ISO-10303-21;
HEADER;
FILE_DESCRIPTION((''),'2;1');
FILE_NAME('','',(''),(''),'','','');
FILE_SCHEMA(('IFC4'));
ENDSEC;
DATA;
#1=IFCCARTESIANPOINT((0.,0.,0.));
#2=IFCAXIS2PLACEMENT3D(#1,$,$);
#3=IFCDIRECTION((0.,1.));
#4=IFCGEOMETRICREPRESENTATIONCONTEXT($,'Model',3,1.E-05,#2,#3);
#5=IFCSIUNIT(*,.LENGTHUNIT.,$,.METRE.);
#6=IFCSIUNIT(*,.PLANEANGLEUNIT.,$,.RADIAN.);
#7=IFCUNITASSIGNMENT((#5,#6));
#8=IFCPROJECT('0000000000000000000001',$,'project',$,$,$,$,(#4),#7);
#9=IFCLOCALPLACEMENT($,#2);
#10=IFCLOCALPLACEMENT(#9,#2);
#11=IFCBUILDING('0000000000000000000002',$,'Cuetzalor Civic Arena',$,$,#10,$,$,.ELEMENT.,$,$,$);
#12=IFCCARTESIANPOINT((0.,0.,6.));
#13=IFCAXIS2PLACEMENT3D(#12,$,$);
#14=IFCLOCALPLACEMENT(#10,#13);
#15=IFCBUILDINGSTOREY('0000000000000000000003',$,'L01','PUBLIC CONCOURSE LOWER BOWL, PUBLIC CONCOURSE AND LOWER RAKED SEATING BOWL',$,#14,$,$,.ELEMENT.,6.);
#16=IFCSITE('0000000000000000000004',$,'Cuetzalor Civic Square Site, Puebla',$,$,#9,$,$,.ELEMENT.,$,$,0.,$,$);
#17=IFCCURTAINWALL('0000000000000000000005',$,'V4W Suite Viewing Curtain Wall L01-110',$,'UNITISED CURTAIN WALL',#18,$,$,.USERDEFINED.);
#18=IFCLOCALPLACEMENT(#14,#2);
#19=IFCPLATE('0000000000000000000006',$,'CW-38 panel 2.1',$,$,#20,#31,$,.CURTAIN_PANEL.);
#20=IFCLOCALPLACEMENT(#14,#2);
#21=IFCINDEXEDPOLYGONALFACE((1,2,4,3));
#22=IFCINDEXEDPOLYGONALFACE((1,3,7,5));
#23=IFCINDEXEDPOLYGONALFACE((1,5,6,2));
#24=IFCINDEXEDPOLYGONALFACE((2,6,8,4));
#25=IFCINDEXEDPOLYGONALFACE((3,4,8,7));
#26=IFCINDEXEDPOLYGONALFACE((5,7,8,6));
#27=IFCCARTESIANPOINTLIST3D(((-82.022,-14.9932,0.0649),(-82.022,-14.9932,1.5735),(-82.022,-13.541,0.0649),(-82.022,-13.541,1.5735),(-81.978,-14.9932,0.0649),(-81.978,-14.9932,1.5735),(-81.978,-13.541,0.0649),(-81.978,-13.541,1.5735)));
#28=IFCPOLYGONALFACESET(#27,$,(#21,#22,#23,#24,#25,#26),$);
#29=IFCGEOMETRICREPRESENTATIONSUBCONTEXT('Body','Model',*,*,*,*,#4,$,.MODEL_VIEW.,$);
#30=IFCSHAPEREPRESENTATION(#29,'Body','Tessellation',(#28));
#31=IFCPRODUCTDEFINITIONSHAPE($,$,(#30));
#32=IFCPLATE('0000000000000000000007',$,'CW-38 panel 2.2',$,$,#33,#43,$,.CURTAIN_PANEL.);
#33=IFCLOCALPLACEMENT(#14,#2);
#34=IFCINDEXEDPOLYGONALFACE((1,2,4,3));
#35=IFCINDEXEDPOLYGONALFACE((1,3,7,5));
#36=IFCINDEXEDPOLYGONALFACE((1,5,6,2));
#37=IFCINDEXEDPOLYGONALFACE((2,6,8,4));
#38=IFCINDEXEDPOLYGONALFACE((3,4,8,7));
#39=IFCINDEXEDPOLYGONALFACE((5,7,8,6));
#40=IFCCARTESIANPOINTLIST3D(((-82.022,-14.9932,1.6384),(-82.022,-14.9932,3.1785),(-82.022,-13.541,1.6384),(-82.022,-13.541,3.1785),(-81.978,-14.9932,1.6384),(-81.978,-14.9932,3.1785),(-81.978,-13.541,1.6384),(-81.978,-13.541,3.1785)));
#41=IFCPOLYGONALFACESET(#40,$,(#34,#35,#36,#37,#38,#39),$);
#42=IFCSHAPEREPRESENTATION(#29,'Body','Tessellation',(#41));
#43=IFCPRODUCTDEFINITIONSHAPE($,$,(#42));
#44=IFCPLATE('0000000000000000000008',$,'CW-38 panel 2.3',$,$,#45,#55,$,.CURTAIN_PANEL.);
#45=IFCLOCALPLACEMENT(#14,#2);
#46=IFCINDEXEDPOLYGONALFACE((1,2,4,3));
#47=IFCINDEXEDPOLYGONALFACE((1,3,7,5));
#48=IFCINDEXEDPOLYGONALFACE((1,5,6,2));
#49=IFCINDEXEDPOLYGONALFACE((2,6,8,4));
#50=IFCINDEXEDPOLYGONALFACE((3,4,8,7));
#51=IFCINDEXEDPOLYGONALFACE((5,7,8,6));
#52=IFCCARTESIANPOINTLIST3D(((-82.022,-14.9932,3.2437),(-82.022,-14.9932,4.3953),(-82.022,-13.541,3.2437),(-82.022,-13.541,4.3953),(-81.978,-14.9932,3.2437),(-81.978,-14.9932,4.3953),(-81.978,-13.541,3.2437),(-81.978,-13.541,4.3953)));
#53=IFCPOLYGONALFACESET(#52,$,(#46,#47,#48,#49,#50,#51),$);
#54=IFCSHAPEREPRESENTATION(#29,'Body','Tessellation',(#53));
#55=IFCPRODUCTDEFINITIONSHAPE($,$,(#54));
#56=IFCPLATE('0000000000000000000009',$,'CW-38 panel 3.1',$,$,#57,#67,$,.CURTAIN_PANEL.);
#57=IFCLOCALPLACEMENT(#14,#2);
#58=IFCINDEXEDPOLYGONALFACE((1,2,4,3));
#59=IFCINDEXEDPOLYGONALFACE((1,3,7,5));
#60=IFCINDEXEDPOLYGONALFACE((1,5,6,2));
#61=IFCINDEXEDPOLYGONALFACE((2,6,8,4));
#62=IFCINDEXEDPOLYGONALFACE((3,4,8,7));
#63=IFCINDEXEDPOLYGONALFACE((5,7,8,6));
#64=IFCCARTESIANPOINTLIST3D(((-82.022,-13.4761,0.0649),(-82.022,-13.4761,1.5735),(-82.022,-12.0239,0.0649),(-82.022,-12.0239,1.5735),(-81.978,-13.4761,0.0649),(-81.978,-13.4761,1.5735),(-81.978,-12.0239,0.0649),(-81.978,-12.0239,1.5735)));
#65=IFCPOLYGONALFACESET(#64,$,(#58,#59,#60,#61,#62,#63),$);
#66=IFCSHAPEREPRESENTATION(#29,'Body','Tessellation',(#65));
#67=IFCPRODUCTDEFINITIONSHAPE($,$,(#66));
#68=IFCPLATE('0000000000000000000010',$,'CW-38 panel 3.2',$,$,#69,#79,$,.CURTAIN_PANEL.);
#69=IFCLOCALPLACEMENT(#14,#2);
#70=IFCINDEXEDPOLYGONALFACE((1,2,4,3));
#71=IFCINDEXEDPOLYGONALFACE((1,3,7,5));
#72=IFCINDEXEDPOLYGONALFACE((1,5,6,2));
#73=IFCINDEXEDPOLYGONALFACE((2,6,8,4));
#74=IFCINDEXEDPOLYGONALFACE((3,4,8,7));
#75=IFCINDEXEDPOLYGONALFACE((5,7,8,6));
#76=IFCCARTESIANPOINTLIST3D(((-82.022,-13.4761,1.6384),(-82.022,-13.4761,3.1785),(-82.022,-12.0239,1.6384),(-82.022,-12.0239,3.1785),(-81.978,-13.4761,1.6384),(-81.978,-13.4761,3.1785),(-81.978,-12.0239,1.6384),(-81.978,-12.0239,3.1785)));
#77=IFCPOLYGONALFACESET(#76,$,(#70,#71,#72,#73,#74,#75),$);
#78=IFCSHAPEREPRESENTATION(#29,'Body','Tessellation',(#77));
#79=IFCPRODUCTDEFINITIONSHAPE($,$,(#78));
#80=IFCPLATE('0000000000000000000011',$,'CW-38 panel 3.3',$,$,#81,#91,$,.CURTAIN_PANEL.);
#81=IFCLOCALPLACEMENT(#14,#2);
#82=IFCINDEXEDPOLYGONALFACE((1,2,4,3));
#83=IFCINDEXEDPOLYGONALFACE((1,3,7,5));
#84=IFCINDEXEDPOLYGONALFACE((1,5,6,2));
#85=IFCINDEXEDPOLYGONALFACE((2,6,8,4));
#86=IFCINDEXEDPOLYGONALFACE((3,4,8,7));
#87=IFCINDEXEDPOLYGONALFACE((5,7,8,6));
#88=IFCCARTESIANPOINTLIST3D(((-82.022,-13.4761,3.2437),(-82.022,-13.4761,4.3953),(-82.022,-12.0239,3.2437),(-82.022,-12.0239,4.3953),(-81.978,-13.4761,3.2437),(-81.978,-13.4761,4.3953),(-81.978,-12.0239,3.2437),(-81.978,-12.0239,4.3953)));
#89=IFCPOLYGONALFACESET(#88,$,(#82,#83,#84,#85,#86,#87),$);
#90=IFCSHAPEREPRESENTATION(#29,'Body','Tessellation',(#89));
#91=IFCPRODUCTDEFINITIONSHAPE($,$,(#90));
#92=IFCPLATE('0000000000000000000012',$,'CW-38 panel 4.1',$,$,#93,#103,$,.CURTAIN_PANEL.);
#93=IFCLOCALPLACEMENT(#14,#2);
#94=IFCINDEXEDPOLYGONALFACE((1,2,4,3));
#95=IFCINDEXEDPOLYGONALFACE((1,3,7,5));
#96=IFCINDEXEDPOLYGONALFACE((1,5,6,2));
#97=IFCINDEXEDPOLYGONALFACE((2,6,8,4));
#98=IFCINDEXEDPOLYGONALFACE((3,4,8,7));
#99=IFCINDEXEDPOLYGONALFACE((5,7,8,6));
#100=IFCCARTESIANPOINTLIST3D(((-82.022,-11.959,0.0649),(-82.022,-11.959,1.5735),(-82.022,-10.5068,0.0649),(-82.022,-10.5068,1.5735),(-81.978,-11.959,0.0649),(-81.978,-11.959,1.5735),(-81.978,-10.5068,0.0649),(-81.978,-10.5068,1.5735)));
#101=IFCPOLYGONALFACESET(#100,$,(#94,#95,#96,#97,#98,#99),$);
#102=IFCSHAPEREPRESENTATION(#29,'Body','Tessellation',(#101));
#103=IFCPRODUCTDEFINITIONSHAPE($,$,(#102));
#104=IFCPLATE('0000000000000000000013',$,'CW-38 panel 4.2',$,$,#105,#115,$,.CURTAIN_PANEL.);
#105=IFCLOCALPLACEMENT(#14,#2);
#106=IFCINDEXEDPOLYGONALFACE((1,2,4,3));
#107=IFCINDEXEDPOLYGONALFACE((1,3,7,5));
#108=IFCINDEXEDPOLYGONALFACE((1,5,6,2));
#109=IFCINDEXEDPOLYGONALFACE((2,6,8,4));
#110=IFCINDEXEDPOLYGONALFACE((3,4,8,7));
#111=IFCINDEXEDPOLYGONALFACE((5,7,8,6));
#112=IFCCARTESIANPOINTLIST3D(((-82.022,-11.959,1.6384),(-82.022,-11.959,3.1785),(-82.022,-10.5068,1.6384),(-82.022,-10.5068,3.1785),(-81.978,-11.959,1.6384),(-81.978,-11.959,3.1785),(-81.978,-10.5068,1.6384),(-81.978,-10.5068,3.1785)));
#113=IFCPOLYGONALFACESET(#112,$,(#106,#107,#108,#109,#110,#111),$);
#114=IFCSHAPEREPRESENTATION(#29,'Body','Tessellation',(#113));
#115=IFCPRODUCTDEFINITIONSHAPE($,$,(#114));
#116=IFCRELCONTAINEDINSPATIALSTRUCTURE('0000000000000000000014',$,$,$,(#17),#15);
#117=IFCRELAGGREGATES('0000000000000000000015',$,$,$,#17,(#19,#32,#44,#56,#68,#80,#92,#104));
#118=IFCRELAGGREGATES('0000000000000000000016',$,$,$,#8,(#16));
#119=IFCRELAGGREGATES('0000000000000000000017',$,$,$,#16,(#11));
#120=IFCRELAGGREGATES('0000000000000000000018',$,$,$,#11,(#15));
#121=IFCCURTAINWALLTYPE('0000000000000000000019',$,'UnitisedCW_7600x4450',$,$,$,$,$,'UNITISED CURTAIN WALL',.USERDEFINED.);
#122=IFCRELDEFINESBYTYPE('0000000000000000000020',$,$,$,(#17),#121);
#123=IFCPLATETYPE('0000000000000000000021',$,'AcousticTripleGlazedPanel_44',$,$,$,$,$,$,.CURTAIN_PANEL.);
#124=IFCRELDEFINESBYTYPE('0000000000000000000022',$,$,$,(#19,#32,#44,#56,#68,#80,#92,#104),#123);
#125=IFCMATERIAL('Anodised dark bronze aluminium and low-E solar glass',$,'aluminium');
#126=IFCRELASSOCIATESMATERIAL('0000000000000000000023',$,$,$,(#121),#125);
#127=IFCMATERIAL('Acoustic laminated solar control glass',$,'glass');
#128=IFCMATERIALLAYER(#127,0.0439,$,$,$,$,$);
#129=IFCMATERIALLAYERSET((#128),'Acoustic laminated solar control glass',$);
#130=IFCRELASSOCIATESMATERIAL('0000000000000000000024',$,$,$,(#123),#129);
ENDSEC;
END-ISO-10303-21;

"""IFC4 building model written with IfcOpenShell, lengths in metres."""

from ifc_helpers import new_model, si_unit, direction, frame, origin, origin_2d, place, context, subcontext, project, spatial, rectangle, extrude, material, layer, layer_set, type_object, element, aggregate, save


model = new_model("IFC4")

# Units and contexts
model_context = context("Model", 3, precision=1e-05, world=origin(), true_north=direction((0.0, 1.0)))
body_context = subcontext(model_context, "Body", "Model", "MODEL_VIEW")
ifc_project = project(units=[si_unit("LENGTHUNIT", "METRE"), si_unit("PLANEANGLEUNIT", "RADIAN")], contexts=[model_context])

# Site, building, storey
site_placement = place(None, origin())
site = spatial("IfcSite", under=ifc_project, at=site_placement, Name="Cuetzalor Civic Square Site, Puebla", CompositionType="ELEMENT", RefElevation=0.0)
building_placement = place(site_placement, origin())
building = spatial("IfcBuilding", under=site, at=building_placement, Name="Cuetzalor Civic Arena", CompositionType="ELEMENT")
storey_placement = place(building_placement, frame((0.0, 0.0, 6.0)))
storey = spatial("IfcBuildingStorey", under=building, at=storey_placement, Name="L01", Description="PUBLIC CONCOURSE LOWER BOWL, PUBLIC CONCOURSE AND LOWER RAKED SEATING BOWL", CompositionType="ELEMENT", Elevation=6.0)

# Curtain wall, plates
ifc_material_1 = material(Name="Anodised dark bronze aluminium and low-E solar glass", Category="aluminium")
curtain_wall_type = type_object("IfcCurtainWallType", Name="UnitisedCW_7600x4450", ElementType="UNITISED CURTAIN WALL", PredefinedType="USERDEFINED", material=ifc_material_1)
curtain_wall_placement = place(storey_placement, origin())
curtain_wall = element("IfcCurtainWall", 1, at=curtain_wall_placement, inside=storey, type_object=curtain_wall_type, Name="V4W Suite Viewing Curtain Wall L01-110", ObjectType="UNITISED CURTAIN WALL", PredefinedType="USERDEFINED")
ifc_material_2 = material(Name="Acoustic laminated solar control glass", Category="glass")
ifc_layer = layer(ifc_material_2, 0.0439)
ifc_layer_set = layer_set([ifc_layer], Name="Acoustic laminated solar control glass")
plate_type = type_object("IfcPlateType", Name="AcousticTripleGlazedPanel_44", PredefinedType="CURTAIN_PANEL", material=ifc_layer_set)
plate_1_placement = place(storey_placement, frame((-82.0, -14.2671, 0.0649), z_axis=(0.0, 0.0, 1.0), x_axis=(0.0, 1.0, 0.0)))
plate_1 = element("IfcPlate", 2, at=plate_1_placement, type_object=plate_type, Name="CW-38 panel 2.1", PredefinedType="CURTAIN_PANEL", context=body_context, shape_type="SweptSolid", body=[
    extrude(rectangle(XDim=1.4521, YDim=0.0439, at=origin_2d()), origin(), (0.0, 0.0, 1.0), 1.5085),
])
plate_2_placement = place(storey_placement, frame((-82.0, -14.2671, 1.6384), z_axis=(0.0, 0.0, 1.0), x_axis=(0.0, 1.0, 0.0)))
plate_2 = element("IfcPlate", 3, at=plate_2_placement, type_object=plate_type, Name="CW-38 panel 2.2", PredefinedType="CURTAIN_PANEL", context=body_context, shape_type="SweptSolid", body=[
    extrude(rectangle(XDim=1.4521, YDim=0.0439, at=origin_2d()), origin(), (0.0, 0.0, 1.0), 1.54),
])
plate_3_placement = place(storey_placement, frame((-82.0, -14.2671, 3.2437), z_axis=(0.0, 0.0, 1.0), x_axis=(0.0, 1.0, 0.0)))
plate_3 = element("IfcPlate", 4, at=plate_3_placement, type_object=plate_type, Name="CW-38 panel 2.3", PredefinedType="CURTAIN_PANEL", context=body_context, shape_type="SweptSolid", body=[
    extrude(rectangle(XDim=1.4521, YDim=0.0439, at=origin_2d()), origin(), (0.0, 0.0, 1.0), 1.1516),
])
plate_4_placement = place(storey_placement, frame((-82.0, -12.75, 0.0649), z_axis=(0.0, 0.0, 1.0), x_axis=(0.0, 1.0, 0.0)))
plate_4 = element("IfcPlate", 5, at=plate_4_placement, type_object=plate_type, Name="CW-38 panel 3.1", PredefinedType="CURTAIN_PANEL", context=body_context, shape_type="SweptSolid", body=[
    extrude(rectangle(XDim=1.4521, YDim=0.0439, at=origin_2d()), origin(), (0.0, 0.0, 1.0), 1.5085),
])
plate_5_placement = place(storey_placement, frame((-82.0, -12.75, 1.6384), z_axis=(0.0, 0.0, 1.0), x_axis=(0.0, 1.0, 0.0)))
plate_5 = element("IfcPlate", 6, at=plate_5_placement, type_object=plate_type, Name="CW-38 panel 3.2", PredefinedType="CURTAIN_PANEL", context=body_context, shape_type="SweptSolid", body=[
    extrude(rectangle(XDim=1.4521, YDim=0.0439, at=origin_2d()), origin(), (0.0, 0.0, 1.0), 1.54),
])
plate_6_placement = place(storey_placement, frame((-82.0, -12.75, 3.2437), z_axis=(0.0, 0.0, 1.0), x_axis=(0.0, 1.0, 0.0)))
plate_6 = element("IfcPlate", 7, at=plate_6_placement, type_object=plate_type, Name="CW-38 panel 3.3", PredefinedType="CURTAIN_PANEL", context=body_context, shape_type="SweptSolid", body=[
    extrude(rectangle(XDim=1.4521, YDim=0.0439, at=origin_2d()), origin(), (0.0, 0.0, 1.0), 1.1516),
])
plate_7_placement = place(storey_placement, frame((-82.0, -11.2329, 0.0649), z_axis=(0.0, 0.0, 1.0), x_axis=(0.0, 1.0, 0.0)))
plate_7 = element("IfcPlate", 8, at=plate_7_placement, type_object=plate_type, Name="CW-38 panel 4.1", PredefinedType="CURTAIN_PANEL", context=body_context, shape_type="SweptSolid", body=[
    extrude(rectangle(XDim=1.4521, YDim=0.0439, at=origin_2d()), origin(), (0.0, 0.0, 1.0), 1.5085),
])
plate_8_placement = place(storey_placement, frame((-82.0, -11.2329, 1.6384), z_axis=(0.0, 0.0, 1.0), x_axis=(0.0, 1.0, 0.0)))
plate_8 = element("IfcPlate", 9, at=plate_8_placement, type_object=plate_type, Name="CW-38 panel 4.2", PredefinedType="CURTAIN_PANEL", context=body_context, shape_type="SweptSolid", body=[
    extrude(rectangle(XDim=1.4521, YDim=0.0439, at=origin_2d()), origin(), (0.0, 0.0, 1.0), 1.54),
])
aggregate(curtain_wall, [plate_1, plate_2, plate_3, plate_4, plate_5, plate_6, plate_7, plate_8])

save(model, "model.ifc")
